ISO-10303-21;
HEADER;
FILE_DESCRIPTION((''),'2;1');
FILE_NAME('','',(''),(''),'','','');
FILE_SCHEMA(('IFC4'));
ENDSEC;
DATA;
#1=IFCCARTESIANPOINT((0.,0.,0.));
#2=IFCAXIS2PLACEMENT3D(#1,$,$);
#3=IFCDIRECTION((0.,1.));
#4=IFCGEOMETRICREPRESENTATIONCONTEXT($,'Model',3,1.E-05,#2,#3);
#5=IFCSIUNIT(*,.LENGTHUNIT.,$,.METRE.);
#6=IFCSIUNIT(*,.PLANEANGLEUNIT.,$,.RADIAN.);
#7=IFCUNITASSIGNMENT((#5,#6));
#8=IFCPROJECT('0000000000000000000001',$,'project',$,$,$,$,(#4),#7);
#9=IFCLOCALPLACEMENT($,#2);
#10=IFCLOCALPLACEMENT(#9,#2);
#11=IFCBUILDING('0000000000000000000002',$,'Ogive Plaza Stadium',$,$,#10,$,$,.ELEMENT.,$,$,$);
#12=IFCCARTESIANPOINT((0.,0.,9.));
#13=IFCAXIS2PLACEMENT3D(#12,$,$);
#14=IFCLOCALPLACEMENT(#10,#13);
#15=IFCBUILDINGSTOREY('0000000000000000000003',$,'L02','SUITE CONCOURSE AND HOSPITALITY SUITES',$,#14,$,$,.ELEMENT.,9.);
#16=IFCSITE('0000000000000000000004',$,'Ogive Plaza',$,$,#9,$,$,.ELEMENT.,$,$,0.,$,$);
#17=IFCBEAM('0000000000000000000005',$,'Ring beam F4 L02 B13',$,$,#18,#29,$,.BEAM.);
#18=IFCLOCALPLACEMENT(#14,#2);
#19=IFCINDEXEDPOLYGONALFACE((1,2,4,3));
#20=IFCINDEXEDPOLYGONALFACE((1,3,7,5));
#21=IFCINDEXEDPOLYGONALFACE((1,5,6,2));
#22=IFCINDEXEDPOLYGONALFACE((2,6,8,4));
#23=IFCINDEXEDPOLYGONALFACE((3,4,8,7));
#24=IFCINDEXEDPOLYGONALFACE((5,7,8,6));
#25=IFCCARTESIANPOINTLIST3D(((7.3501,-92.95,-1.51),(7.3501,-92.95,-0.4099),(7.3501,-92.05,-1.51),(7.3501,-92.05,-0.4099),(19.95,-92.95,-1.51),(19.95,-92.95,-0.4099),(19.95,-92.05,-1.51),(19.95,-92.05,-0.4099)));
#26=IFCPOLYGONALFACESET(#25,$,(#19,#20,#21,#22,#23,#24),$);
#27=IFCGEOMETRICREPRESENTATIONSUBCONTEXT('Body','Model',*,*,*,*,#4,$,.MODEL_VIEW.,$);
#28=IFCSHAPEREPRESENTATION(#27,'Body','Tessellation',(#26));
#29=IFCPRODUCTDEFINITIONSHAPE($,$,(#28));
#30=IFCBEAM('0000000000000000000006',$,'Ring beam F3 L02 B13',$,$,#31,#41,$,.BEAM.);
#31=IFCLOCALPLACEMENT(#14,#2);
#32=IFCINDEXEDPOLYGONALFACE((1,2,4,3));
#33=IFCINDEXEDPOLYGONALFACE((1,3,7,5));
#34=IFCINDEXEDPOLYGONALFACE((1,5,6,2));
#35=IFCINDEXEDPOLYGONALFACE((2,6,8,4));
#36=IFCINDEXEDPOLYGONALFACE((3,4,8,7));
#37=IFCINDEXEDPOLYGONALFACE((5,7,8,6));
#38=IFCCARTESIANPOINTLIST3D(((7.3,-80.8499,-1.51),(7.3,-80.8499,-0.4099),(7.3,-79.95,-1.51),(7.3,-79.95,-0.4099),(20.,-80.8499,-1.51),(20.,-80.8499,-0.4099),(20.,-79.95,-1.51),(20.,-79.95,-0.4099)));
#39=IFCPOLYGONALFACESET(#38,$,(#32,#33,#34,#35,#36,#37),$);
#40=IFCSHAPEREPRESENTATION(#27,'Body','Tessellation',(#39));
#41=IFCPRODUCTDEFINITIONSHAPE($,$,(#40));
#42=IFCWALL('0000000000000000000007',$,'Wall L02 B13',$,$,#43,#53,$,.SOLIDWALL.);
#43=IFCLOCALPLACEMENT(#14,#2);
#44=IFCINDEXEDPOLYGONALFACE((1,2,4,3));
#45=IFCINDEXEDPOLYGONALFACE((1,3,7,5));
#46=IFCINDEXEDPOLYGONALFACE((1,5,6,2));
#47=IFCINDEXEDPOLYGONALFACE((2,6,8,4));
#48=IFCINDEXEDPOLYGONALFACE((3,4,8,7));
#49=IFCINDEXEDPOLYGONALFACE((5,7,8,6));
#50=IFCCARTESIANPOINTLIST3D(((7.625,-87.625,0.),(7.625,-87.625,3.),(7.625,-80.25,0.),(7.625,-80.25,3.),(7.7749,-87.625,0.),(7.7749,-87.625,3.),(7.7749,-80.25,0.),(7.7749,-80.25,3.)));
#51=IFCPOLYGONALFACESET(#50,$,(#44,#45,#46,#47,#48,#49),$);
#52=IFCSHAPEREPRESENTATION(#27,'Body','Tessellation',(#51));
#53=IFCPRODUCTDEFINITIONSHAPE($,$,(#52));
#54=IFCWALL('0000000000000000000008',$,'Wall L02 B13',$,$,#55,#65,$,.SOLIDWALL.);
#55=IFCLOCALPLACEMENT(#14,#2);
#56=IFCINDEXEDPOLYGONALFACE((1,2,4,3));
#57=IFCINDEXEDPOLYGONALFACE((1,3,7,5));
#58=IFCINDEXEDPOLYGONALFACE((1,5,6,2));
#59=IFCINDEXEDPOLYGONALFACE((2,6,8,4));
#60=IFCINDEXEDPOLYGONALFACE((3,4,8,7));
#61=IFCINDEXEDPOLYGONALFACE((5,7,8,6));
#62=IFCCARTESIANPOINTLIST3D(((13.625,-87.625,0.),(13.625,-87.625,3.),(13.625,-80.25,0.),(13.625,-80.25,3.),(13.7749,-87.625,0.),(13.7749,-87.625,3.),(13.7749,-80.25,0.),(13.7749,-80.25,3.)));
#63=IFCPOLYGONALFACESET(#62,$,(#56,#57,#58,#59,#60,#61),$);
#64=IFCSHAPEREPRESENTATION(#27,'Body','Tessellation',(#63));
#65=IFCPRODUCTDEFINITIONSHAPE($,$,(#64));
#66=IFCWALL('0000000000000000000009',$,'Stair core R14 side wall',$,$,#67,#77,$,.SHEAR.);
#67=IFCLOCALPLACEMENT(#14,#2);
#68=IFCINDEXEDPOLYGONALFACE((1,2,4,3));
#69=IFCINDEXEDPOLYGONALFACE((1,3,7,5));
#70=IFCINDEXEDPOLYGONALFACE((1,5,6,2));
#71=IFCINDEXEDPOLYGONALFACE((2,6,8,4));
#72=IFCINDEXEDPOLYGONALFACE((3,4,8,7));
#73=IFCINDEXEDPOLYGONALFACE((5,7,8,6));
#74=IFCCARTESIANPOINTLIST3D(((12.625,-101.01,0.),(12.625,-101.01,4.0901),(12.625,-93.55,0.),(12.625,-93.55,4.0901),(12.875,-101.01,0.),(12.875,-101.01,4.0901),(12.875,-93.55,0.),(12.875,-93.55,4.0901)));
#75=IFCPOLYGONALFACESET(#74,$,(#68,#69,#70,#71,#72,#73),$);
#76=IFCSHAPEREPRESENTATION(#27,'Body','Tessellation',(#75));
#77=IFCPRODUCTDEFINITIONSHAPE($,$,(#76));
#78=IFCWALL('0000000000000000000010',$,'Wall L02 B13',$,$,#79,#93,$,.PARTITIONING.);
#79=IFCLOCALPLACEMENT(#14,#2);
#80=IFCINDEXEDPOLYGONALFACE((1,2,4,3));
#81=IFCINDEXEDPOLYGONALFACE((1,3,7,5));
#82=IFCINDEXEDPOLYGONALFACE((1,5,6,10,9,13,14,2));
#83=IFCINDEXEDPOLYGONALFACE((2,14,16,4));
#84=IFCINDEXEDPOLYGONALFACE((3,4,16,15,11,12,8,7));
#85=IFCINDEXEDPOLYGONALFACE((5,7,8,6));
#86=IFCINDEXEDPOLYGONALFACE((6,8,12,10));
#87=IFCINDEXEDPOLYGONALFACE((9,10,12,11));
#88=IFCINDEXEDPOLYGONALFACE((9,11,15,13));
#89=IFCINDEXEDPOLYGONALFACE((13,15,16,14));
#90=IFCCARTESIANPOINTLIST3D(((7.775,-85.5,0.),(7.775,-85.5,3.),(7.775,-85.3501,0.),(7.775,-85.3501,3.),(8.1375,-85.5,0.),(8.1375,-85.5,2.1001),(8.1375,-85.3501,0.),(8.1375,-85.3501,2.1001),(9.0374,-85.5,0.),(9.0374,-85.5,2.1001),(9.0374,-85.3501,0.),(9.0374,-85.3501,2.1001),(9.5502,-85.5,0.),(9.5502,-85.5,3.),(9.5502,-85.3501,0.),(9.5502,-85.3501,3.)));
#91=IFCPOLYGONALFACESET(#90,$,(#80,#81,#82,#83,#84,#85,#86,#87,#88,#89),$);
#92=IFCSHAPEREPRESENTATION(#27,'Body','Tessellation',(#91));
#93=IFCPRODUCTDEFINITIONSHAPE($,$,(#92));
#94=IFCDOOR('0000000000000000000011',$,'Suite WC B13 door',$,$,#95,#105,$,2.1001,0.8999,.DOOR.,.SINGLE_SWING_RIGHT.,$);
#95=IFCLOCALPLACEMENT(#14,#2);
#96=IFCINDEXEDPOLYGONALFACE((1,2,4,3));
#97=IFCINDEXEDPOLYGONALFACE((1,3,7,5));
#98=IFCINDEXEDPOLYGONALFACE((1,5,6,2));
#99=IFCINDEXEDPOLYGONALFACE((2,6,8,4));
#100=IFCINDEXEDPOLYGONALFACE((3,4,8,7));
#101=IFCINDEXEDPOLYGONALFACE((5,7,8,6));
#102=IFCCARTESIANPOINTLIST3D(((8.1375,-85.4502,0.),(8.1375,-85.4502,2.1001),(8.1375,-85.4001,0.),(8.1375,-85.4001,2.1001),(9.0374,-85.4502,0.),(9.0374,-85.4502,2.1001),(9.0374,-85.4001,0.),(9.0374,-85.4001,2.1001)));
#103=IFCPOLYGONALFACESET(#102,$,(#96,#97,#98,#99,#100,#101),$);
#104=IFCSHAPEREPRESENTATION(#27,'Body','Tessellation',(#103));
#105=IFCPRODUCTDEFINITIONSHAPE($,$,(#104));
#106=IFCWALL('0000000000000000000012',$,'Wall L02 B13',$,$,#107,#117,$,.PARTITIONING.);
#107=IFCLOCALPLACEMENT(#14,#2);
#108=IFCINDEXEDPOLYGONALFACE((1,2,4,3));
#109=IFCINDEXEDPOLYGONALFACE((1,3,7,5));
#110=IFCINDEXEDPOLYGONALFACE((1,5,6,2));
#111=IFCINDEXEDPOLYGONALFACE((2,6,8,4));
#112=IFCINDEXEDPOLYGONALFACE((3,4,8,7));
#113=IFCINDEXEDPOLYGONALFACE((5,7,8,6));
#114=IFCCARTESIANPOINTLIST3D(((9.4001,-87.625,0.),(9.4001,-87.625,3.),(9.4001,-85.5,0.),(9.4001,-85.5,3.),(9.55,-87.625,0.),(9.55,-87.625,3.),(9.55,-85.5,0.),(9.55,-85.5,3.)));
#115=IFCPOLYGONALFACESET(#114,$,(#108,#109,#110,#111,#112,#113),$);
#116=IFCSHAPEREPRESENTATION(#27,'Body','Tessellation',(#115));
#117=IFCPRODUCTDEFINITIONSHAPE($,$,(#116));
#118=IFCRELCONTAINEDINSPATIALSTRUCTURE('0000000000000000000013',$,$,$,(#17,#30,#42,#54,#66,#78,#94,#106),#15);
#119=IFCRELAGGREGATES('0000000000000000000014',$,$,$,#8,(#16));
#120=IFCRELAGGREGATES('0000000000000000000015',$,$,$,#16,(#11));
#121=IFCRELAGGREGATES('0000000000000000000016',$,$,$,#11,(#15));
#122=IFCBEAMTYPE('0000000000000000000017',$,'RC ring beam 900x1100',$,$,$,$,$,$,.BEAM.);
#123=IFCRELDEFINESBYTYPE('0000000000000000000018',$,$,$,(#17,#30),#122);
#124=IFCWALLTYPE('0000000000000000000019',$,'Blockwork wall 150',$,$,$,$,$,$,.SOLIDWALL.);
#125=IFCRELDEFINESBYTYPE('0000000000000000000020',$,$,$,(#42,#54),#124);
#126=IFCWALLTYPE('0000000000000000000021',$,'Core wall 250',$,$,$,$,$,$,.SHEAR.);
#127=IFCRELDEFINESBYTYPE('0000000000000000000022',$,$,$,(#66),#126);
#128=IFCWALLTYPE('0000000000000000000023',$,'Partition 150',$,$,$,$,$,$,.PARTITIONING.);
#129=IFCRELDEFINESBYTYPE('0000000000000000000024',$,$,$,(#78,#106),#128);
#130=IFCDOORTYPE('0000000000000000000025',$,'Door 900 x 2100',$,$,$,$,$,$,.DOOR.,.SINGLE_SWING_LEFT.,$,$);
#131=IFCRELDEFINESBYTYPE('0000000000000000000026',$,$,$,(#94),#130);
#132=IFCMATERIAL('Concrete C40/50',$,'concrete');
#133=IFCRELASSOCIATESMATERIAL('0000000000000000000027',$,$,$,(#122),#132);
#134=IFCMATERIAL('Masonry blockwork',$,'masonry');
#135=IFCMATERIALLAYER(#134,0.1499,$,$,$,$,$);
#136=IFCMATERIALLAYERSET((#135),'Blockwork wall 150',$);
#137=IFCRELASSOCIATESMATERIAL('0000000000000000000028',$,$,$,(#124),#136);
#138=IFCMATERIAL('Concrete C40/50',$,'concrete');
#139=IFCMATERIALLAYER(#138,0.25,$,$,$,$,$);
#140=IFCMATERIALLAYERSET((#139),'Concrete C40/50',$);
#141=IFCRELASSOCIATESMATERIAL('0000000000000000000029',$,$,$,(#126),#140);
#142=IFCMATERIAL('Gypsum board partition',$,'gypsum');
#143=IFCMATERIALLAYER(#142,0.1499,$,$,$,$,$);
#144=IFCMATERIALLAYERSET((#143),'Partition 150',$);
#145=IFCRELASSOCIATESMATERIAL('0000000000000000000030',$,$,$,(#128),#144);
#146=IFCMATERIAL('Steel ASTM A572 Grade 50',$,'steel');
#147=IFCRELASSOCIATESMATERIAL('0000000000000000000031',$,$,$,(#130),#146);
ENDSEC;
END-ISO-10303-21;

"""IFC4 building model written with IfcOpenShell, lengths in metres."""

from ifc_helpers import new_model, si_unit, direction, frame, frame_2d, origin, origin_2d, place, context, subcontext, project, spatial, rectangle, extrude, material, layer, layer_set, material_profile, profile_set, type_object, element, fill, save


model = new_model("IFC4")

# Units and contexts
model_context = context("Model", 3, precision=1e-05, world=origin(), true_north=direction((0.0, 1.0)))
body_context = subcontext(model_context, "Body", "Model", "MODEL_VIEW")
ifc_project = project(units=[si_unit("LENGTHUNIT", "METRE"), si_unit("PLANEANGLEUNIT", "RADIAN")], contexts=[model_context])

# Site, building, storey
site_placement = place(None, origin())
site = spatial("IfcSite", under=ifc_project, at=site_placement, Name="Ogive Plaza", CompositionType="ELEMENT", RefElevation=0.0)
building_placement = place(site_placement, origin())
building = spatial("IfcBuilding", under=site, at=building_placement, Name="Ogive Plaza Stadium", CompositionType="ELEMENT")
storey_placement = place(building_placement, frame((0.0, 0.0, 9.0)))
storey = spatial("IfcBuildingStorey", under=building, at=storey_placement, Name="L02", Description="SUITE CONCOURSE AND HOSPITALITY SUITES", CompositionType="ELEMENT", Elevation=9.0)

# Beams
ifc_material_1 = material(Name="Concrete C40/50", Category="concrete")
ifc_material_profile = material_profile(ifc_material_1, rectangle(XDim=0.8999, YDim=1.1001, at=origin_2d()), Name="RC 900x1100")
ifc_profile_set = profile_set([ifc_material_profile], Name="Concrete C40/50")
beam_type = type_object("IfcBeamType", Name="RC ring beam 900x1100", PredefinedType="BEAM", material=ifc_profile_set)
beam_1_placement = place(storey_placement, frame((19.95, -92.5, -0.96), z_axis=(-1.0, 0.0, 0.0), x_axis=(0.0, -1.0, 0.0)))
element("IfcBeam", 1, at=beam_1_placement, inside=storey, type_object=beam_type, Name="Ring beam F4 L02 B13", PredefinedType="BEAM", context=body_context, shape_type="SweptSolid", body=[
    extrude(rectangle(XDim=0.8999, YDim=1.1001, at=origin_2d()), origin(), (0.0, 0.0, 1.0), 12.5999),
])
beam_2_placement = place(storey_placement, frame((20.0, -80.3999, -0.96), z_axis=(-1.0, 0.0, 0.0), x_axis=(0.0, -1.0, 0.0)))
element("IfcBeam", 2, at=beam_2_placement, inside=storey, type_object=beam_type, Name="Ring beam F3 L02 B13", PredefinedType="BEAM", context=body_context, shape_type="SweptSolid", body=[
    extrude(rectangle(XDim=0.8999, YDim=1.1001, at=origin_2d()), origin(), (0.0, 0.0, 1.0), 12.7),
])

# Walls
ifc_material_2 = material(Name="Masonry blockwork", Category="masonry")
ifc_layer_1 = layer(ifc_material_2, 0.1499)
ifc_layer_set_1 = layer_set([ifc_layer_1], Name="Blockwork wall 150")
wall_type_1 = type_object("IfcWallType", Name="Blockwork wall 150", PredefinedType="SOLIDWALL", material=ifc_layer_set_1)
for number, where, z_axis, x_axis, name in (
    (3, (7.7, -80.25, 0.0), (0.0, 0.0, 1.0), (0.0, -1.0, 0.0), "Wall L02 B13"),
    (4, (13.7, -80.25, 0.0), (0.0, 0.0, 1.0), (0.0, -1.0, 0.0), "Wall L02 B13"),
):
    element("IfcWall", number, at=place(storey_placement, frame(where, z_axis=z_axis, x_axis=x_axis)), inside=storey, type_object=wall_type_1, Name=name, PredefinedType="SOLIDWALL", context=body_context, shape_type="SweptSolid", body=[
        extrude(rectangle(XDim=7.375, YDim=0.1499, at=frame_2d((3.6875, 0.0))), origin(), (0.0, 0.0, 1.0), 3.0),
    ])
ifc_material_3 = material(Name="Concrete C40/50", Category="concrete")
ifc_layer_2 = layer(ifc_material_3, 0.25)
ifc_layer_set_2 = layer_set([ifc_layer_2], Name="Concrete C40/50")
wall_type_2 = type_object("IfcWallType", Name="Core wall 250", PredefinedType="SHEAR", material=ifc_layer_set_2)
wall_1_placement = place(storey_placement, frame((12.75, -93.55, 0.0), z_axis=(0.0, 0.0, 1.0), x_axis=(0.0, -1.0, 0.0)))
element("IfcWall", 5, at=wall_1_placement, inside=storey, type_object=wall_type_2, Name="Stair core R14 side wall", PredefinedType="SHEAR", context=body_context, shape_type="SweptSolid", body=[
    extrude(rectangle(XDim=7.46, YDim=0.25, at=frame_2d((3.73, 0.0))), origin(), (0.0, 0.0, 1.0), 4.0901),
])

# Wall, opening, door
ifc_material_4 = material(Name="Gypsum board partition", Category="gypsum")
ifc_layer_3 = layer(ifc_material_4, 0.1499)
ifc_layer_set_3 = layer_set([ifc_layer_3], Name="Partition 150")
wall_type_3 = type_object("IfcWallType", Name="Partition 150", PredefinedType="PARTITIONING", material=ifc_layer_set_3)
wall_2_placement = place(storey_placement, frame((7.7749, -85.425, 0.0), z_axis=(0.0, 0.0, 1.0), x_axis=(1.0, 0.0, 0.0)))
wall_2 = element("IfcWall", 6, at=wall_2_placement, inside=storey, type_object=wall_type_3, Name="Wall L02 B13", PredefinedType="PARTITIONING", context=body_context, shape_type="SweptSolid", body=[
    extrude(rectangle(XDim=1.7751, YDim=0.1499, at=frame_2d((0.8877, 0.0))), origin(), (0.0, 0.0, 1.0), 3.0),
])
opening_placement = place(wall_2_placement, frame((0.3625, 0.0, 0.0)))
opening = element("IfcOpeningElement", 7, at=opening_placement, cuts=wall_2, PredefinedType="OPENING", context=body_context, shape_type="SweptSolid", body=[
    extrude(rectangle(XDim=0.8999, YDim=2.1001, at=frame_2d((0.45, 1.05))), frame((0.0, 0.075, 0.0), z_axis=(0.0, -1.0, 0.0), x_axis=(1.0, 0.0, 0.0)), (0.0, 0.0, 1.0), 0.1499),
])
ifc_material_5 = material(Name="Steel ASTM A572 Grade 50", Category="steel")
door_type = type_object("IfcDoorType", Name="Door 900 x 2100", OperationType="SINGLE_SWING_LEFT", PredefinedType="DOOR", material=ifc_material_5)
door_placement = place(opening_placement, origin())
door = element("IfcDoor", 8, at=door_placement, inside=storey, type_object=door_type, Name="Suite WC B13 door", OperationType="SINGLE_SWING_RIGHT", OverallHeight=2.1001, OverallWidth=0.8999, PredefinedType="DOOR", context=body_context, shape_type="SweptSolid", body=[
    extrude(rectangle(XDim=0.8999, YDim=2.1001, at=frame_2d((0.45, 1.05))), frame((0.0, 0.0249, 0.0), z_axis=(0.0, -1.0, 0.0), x_axis=(1.0, 0.0, 0.0)), (0.0, 0.0, 1.0), 0.05),
])
fill(opening, door)

# Wall
wall_3_placement = place(storey_placement, frame((9.4751, -85.5, 0.0), z_axis=(0.0, 0.0, 1.0), x_axis=(0.0, -1.0, 0.0)))
element("IfcWall", 9, at=wall_3_placement, inside=storey, type_object=wall_type_3, Name="Wall L02 B13", PredefinedType="PARTITIONING", context=body_context, shape_type="SweptSolid", body=[
    extrude(rectangle(XDim=2.125, YDim=0.1499, at=frame_2d((1.0625, 0.0))), origin(), (0.0, 0.0, 1.0), 3.0),
])

save(model, "model.ifc")
